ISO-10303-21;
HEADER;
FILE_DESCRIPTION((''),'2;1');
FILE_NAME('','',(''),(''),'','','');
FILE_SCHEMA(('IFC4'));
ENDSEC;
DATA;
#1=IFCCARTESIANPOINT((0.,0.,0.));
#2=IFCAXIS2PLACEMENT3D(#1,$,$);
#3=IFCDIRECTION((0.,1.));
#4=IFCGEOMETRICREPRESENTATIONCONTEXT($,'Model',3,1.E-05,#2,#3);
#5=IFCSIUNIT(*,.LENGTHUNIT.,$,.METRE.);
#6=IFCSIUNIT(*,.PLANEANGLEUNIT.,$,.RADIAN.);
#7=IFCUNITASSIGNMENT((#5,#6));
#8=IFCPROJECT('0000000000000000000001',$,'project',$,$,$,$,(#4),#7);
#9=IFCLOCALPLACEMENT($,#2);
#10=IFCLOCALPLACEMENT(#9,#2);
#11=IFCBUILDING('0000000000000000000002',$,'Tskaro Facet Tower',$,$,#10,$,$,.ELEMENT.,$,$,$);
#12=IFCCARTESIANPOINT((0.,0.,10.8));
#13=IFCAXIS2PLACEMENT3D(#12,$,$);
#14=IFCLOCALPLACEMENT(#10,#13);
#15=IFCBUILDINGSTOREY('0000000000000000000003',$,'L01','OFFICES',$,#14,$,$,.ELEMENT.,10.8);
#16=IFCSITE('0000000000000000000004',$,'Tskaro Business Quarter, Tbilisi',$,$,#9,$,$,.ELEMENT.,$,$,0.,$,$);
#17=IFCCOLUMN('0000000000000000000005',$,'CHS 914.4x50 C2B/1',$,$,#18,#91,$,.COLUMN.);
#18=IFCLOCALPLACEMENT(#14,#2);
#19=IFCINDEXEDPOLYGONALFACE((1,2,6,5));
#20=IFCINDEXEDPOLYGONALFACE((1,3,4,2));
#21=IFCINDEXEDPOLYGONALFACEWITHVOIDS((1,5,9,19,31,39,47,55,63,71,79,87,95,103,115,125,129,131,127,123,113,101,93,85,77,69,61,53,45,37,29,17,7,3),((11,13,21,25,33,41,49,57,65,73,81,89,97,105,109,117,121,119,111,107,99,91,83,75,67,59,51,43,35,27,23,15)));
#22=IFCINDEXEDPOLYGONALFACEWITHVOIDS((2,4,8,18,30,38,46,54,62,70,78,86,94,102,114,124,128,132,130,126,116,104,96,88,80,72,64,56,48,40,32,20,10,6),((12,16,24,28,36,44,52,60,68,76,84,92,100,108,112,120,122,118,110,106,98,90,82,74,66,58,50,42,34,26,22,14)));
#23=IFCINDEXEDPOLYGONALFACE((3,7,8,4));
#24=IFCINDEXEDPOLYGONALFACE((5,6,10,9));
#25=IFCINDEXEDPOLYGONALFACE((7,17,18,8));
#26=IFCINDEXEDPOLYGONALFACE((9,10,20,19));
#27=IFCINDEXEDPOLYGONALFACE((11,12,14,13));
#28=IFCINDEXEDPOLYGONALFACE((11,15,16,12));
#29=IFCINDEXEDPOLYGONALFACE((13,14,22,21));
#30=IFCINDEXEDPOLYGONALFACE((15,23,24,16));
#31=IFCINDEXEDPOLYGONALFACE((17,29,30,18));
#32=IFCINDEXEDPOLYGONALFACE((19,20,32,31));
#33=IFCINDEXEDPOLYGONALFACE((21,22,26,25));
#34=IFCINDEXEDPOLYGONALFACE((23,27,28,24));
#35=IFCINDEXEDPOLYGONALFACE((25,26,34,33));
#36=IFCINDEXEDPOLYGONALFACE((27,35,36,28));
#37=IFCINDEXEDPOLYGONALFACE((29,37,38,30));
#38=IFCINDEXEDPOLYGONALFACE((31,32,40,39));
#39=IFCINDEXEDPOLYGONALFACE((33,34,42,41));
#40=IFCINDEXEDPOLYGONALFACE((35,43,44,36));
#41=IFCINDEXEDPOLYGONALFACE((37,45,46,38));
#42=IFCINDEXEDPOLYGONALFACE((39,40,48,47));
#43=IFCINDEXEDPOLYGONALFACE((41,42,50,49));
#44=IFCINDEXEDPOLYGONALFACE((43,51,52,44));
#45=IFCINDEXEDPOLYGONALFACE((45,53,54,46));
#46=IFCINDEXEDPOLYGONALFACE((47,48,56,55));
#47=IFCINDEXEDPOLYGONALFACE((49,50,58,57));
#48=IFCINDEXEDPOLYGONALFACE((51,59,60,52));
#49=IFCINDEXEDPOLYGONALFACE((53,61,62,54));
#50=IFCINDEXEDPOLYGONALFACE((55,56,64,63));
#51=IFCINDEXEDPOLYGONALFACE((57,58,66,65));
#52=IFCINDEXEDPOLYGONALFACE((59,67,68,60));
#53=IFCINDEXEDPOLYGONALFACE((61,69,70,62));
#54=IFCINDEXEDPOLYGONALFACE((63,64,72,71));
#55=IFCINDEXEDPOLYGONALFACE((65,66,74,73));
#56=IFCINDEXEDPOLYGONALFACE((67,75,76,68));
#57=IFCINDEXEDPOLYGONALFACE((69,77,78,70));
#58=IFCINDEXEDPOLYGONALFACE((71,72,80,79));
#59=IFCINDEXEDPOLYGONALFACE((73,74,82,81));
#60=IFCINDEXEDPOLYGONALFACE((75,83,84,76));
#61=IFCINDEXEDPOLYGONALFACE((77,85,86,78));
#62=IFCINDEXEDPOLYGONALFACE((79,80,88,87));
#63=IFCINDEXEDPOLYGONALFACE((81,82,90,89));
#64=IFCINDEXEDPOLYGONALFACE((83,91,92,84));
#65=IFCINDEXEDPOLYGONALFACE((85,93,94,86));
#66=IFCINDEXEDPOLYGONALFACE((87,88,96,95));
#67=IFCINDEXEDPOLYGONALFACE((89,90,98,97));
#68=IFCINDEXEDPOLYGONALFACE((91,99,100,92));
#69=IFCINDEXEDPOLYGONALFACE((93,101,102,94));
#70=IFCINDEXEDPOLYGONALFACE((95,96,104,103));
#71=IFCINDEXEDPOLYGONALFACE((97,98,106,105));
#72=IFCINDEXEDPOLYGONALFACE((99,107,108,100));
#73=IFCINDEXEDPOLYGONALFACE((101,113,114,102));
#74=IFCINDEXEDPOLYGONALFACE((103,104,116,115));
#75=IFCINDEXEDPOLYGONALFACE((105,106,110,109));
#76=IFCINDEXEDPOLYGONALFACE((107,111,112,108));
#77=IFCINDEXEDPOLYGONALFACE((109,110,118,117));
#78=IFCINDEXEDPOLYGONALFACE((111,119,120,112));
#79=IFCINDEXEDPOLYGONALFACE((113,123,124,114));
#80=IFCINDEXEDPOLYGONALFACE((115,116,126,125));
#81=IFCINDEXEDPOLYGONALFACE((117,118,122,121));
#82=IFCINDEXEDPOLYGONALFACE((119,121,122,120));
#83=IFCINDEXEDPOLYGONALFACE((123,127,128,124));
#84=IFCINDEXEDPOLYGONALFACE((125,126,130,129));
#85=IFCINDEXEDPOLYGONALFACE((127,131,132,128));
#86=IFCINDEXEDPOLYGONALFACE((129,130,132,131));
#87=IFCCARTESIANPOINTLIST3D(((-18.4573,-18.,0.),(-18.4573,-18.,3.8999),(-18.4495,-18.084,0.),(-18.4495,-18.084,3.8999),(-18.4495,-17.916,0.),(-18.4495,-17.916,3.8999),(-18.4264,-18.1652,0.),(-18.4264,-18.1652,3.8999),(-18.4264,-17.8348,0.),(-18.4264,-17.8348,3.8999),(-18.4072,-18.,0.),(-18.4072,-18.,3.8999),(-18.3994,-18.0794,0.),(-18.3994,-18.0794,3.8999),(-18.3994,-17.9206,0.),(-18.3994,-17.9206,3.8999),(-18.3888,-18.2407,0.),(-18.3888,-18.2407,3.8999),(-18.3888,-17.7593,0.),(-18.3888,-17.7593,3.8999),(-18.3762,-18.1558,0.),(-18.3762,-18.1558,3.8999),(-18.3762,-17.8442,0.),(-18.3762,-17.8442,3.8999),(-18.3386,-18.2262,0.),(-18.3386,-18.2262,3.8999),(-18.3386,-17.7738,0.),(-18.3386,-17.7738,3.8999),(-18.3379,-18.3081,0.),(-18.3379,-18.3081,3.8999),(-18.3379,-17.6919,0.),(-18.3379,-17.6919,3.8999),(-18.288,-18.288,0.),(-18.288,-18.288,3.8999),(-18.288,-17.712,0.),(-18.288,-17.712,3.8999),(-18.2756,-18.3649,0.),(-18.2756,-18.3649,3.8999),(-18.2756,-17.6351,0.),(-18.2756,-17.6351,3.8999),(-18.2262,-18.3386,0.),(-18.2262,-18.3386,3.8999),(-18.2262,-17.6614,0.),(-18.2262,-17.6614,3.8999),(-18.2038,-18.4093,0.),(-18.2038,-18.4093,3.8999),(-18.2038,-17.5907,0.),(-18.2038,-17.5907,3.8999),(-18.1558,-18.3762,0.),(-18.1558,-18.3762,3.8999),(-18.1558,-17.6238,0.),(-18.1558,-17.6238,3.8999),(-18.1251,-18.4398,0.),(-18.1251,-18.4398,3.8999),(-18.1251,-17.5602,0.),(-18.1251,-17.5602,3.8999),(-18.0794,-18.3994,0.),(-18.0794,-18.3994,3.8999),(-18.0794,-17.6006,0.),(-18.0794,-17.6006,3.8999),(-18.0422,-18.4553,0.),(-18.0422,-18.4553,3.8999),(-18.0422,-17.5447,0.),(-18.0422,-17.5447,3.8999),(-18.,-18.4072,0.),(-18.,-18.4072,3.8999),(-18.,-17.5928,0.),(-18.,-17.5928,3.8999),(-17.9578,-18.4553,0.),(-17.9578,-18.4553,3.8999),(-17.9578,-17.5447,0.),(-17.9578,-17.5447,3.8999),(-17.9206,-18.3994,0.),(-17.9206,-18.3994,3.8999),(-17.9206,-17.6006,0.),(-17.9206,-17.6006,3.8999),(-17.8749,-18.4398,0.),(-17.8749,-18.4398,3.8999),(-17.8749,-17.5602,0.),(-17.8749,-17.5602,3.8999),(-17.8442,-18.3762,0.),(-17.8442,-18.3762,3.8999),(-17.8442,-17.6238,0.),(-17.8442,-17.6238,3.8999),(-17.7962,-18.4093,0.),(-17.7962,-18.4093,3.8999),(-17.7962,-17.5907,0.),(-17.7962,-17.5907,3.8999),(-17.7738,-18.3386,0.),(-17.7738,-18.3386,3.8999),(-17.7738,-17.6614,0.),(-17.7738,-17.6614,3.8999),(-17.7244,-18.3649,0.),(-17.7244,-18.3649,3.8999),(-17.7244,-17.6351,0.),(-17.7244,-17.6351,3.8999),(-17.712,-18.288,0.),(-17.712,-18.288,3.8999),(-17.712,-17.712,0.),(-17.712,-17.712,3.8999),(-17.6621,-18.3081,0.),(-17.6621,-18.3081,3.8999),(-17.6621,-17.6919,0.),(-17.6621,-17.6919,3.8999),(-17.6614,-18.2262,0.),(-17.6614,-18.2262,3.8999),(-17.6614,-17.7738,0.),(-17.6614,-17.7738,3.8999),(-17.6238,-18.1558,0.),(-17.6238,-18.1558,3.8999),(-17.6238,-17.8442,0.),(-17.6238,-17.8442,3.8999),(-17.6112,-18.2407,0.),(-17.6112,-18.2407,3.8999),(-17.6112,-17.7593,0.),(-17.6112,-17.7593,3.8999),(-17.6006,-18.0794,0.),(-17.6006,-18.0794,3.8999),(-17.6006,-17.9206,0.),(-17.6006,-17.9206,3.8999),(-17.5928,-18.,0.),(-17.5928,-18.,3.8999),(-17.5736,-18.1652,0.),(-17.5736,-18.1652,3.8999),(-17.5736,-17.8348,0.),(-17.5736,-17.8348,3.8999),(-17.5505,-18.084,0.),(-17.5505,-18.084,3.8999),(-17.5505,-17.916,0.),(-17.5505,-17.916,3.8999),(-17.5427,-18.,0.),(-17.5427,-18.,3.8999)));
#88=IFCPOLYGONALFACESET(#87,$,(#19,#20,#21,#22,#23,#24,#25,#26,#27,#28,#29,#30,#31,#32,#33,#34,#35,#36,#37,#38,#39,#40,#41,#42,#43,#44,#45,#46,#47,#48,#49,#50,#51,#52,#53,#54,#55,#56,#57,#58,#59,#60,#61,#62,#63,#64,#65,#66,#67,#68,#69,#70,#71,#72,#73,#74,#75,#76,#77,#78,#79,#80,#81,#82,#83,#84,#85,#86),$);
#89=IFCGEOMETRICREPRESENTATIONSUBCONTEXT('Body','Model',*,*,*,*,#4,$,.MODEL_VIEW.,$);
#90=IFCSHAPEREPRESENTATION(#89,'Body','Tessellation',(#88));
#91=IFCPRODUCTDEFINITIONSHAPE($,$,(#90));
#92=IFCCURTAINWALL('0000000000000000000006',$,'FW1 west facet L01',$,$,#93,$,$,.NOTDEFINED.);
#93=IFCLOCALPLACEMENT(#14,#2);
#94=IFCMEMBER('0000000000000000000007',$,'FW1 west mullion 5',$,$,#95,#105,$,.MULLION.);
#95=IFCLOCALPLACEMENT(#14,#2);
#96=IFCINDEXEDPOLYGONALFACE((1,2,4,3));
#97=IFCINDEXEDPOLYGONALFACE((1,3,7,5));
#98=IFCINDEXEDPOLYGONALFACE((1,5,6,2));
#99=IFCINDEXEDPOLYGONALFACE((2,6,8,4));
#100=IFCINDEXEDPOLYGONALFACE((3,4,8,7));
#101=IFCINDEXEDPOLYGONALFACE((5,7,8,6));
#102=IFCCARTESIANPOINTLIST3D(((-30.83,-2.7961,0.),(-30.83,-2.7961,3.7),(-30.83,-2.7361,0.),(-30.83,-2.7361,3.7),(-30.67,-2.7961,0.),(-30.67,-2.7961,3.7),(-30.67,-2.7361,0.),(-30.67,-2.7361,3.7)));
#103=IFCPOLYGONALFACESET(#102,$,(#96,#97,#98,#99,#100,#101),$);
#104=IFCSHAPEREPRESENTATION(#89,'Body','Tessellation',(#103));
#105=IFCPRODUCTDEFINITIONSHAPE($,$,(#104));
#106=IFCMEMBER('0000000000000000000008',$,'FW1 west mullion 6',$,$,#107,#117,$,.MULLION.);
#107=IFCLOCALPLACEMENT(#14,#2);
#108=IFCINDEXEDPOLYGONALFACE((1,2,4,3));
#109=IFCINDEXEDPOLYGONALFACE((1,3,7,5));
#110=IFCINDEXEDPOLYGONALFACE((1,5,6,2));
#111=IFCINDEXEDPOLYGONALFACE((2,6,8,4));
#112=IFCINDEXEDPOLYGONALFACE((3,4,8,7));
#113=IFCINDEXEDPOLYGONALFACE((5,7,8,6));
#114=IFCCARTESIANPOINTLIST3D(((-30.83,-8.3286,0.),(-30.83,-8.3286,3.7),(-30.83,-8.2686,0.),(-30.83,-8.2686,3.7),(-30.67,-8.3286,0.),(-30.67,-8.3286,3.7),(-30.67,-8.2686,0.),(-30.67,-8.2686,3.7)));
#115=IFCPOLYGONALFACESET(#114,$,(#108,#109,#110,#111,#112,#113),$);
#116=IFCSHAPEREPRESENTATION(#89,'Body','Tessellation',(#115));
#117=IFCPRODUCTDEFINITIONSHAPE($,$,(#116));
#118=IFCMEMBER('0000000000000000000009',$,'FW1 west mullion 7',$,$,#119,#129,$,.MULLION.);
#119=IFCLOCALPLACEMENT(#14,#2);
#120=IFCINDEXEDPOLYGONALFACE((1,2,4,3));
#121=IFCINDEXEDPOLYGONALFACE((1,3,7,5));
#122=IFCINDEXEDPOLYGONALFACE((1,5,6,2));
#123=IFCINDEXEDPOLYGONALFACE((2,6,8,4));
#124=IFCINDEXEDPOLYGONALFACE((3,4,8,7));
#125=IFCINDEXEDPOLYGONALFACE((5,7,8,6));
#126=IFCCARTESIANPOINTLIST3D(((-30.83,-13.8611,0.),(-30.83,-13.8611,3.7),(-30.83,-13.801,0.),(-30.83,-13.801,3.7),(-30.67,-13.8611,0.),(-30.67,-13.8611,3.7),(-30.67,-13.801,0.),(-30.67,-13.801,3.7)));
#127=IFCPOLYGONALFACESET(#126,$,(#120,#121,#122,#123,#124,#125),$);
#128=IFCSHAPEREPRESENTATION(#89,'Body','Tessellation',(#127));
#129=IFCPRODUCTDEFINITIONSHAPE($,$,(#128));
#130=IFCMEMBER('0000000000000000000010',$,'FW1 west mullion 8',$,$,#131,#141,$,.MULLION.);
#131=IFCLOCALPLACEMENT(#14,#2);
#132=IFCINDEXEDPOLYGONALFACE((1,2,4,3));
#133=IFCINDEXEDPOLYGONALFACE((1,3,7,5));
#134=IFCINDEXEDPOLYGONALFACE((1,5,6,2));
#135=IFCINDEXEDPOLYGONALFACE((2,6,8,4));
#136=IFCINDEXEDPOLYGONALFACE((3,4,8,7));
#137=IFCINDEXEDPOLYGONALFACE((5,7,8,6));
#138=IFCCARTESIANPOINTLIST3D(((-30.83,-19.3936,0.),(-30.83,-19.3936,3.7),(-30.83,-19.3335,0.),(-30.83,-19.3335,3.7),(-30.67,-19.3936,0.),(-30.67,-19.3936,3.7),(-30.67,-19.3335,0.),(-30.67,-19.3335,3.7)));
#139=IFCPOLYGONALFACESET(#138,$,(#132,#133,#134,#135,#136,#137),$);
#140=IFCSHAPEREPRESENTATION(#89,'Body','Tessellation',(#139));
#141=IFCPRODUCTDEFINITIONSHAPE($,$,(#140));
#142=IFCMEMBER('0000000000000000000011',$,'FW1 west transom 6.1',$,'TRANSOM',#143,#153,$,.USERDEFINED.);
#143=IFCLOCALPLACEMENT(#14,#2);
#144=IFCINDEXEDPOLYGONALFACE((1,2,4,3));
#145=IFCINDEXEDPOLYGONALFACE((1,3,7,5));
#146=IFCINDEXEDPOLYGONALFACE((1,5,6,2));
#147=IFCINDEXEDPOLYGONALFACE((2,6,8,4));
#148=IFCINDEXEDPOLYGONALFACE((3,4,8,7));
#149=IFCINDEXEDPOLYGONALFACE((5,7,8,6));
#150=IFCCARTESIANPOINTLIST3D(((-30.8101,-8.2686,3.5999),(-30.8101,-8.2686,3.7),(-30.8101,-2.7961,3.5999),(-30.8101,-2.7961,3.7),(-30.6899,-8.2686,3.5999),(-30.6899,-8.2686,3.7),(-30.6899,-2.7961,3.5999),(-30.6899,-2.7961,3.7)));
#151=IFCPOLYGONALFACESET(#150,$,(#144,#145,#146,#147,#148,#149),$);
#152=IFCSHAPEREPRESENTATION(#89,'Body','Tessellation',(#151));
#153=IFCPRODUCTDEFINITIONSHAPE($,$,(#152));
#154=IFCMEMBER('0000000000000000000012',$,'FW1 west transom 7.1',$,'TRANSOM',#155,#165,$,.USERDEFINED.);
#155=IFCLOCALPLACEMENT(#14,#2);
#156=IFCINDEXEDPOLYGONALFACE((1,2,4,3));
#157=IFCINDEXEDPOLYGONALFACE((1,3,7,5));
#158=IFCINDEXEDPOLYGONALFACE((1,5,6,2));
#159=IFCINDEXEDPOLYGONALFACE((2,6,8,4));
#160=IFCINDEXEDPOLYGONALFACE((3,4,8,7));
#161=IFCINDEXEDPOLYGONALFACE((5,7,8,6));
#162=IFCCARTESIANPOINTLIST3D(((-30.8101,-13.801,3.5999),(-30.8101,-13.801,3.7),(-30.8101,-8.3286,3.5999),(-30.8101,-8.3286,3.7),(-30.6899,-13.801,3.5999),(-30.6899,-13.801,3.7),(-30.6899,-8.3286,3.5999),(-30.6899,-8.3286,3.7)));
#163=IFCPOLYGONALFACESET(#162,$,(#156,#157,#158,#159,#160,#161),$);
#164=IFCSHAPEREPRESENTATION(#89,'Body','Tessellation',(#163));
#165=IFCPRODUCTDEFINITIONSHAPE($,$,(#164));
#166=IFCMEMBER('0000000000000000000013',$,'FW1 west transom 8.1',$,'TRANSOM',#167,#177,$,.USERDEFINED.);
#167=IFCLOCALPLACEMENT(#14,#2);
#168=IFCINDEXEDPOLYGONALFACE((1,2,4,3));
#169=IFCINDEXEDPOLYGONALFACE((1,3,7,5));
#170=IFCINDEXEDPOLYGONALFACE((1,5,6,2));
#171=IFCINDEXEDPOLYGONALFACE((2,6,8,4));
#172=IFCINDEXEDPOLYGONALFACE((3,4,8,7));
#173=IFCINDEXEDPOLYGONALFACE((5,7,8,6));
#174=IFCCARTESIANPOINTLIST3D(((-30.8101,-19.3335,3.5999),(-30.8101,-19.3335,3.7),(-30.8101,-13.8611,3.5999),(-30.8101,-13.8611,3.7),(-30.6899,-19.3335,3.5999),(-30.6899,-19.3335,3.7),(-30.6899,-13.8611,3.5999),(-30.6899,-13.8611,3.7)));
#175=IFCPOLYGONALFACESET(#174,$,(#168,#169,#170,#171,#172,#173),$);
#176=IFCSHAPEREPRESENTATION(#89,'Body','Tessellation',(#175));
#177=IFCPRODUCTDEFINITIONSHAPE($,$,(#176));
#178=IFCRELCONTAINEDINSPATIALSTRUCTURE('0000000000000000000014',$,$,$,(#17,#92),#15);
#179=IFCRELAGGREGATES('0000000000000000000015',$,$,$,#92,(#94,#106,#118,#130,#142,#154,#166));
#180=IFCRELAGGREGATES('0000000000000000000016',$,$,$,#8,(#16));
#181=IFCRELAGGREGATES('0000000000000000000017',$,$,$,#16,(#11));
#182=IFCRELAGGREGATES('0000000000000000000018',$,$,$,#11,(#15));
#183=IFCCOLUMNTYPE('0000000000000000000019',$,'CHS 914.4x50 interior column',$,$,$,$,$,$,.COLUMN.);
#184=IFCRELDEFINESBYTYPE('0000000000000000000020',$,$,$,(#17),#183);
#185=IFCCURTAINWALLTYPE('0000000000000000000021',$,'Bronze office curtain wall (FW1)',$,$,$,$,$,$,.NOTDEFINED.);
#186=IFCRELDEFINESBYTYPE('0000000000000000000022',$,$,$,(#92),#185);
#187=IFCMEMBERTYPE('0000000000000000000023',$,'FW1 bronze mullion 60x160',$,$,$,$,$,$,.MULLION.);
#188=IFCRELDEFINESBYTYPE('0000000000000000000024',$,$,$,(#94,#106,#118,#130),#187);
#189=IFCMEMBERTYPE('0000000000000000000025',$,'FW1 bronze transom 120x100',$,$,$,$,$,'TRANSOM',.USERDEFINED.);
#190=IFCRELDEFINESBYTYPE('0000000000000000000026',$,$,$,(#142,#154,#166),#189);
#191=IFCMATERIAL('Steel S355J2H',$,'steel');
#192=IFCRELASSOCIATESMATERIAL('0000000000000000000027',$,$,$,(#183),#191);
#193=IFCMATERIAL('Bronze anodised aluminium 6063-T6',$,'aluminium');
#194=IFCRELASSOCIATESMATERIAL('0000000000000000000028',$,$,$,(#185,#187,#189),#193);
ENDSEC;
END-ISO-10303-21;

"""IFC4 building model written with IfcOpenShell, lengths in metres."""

from ifc_helpers import new_model, si_unit, direction, frame, origin, origin_2d, place, context, subcontext, project, spatial, rectangle, hollow_circle, extrude, material, material_profile, profile_set, type_object, element, aggregate, save


model = new_model("IFC4")

# Units and contexts
model_context = context("Model", 3, precision=1e-05, world=origin(), true_north=direction((0.0, 1.0)))
body_context = subcontext(model_context, "Body", "Model", "MODEL_VIEW")
ifc_project = project(units=[si_unit("LENGTHUNIT", "METRE"), si_unit("PLANEANGLEUNIT", "RADIAN")], contexts=[model_context])

# Site, building, storey
site_placement = place(None, origin())
site = spatial("IfcSite", under=ifc_project, at=site_placement, Name="Tskaro Business Quarter, Tbilisi", CompositionType="ELEMENT", RefElevation=0.0)
building_placement = place(site_placement, origin())
building = spatial("IfcBuilding", under=site, at=building_placement, Name="Tskaro Facet Tower", CompositionType="ELEMENT")
storey_placement = place(building_placement, frame((0.0, 0.0, 10.8)))
storey = spatial("IfcBuildingStorey", under=building, at=storey_placement, Name="L01", Description="OFFICES", CompositionType="ELEMENT", Elevation=10.8)

# Column
ifc_material_1 = material(Name="Steel S355J2H", Category="steel")
ifc_material_profile_1 = material_profile(ifc_material_1, hollow_circle(Radius=0.4573, WallThickness=0.05, at=origin_2d()), Name="CHS 914.4x50")
ifc_profile_set_1 = profile_set([ifc_material_profile_1], Name="Steel S355J2H")
column_type_1 = type_object("IfcColumnType", Name="CHS 914.4x50 interior column", PredefinedType="COLUMN", material=ifc_profile_set_1)
column_placement = place(storey_placement, frame((-18.0, -18.0, 0.0), z_axis=(0.0, 0.0, 1.0), x_axis=(1.0, 0.0, 0.0)))
element("IfcColumn", 1, at=column_placement, inside=storey, type_object=column_type_1, Name="CHS 914.4x50 C2B/1", PredefinedType="COLUMN", context=body_context, shape_type="SweptSolid", body=[
    extrude(hollow_circle(Radius=0.4573, WallThickness=0.05, at=origin_2d()), origin(), (0.0, 0.0, 1.0), 3.8999),
])

# Curtain wall, members
ifc_material_2 = material(Name="Bronze anodised aluminium 6063-T6", Category="aluminium")
curtain_wall_type = type_object("IfcCurtainWallType", Name="Bronze office curtain wall (FW1)", PredefinedType="NOTDEFINED", material=ifc_material_2)
curtain_wall_placement = place(storey_placement, origin())
curtain_wall = element("IfcCurtainWall", 2, at=curtain_wall_placement, inside=storey, type_object=curtain_wall_type, Name="FW1 west facet L01", PredefinedType="NOTDEFINED")
ifc_material_profile_2 = material_profile(ifc_material_2, rectangle(XDim=0.0601, YDim=0.1599, at=origin_2d()), Name="Mullion 60x160")
ifc_profile_set_2 = profile_set([ifc_material_profile_2], Name="Bronze anodised aluminium 6063-T6")
member_type_1 = type_object("IfcMemberType", Name="FW1 bronze mullion 60x160", PredefinedType="MULLION", material=ifc_profile_set_2)
member_1_placement = place(storey_placement, frame((-30.75, -2.7661, 0.0), z_axis=(0.0, 0.0, 1.0), x_axis=(0.0, -1.0, 0.0)))
member_1 = element("IfcMember", 3, at=member_1_placement, type_object=member_type_1, Name="FW1 west mullion 5", PredefinedType="MULLION", context=body_context, shape_type="SweptSolid", body=[
    extrude(rectangle(XDim=0.0601, YDim=0.1599, at=origin_2d()), origin(), (0.0, 0.0, 1.0), 3.7),
])
member_2_placement = place(storey_placement, frame((-30.75, -8.2986, 0.0), z_axis=(0.0, 0.0, 1.0), x_axis=(0.0, -1.0, 0.0)))
member_2 = element("IfcMember", 4, at=member_2_placement, type_object=member_type_1, Name="FW1 west mullion 6", PredefinedType="MULLION", context=body_context, shape_type="SweptSolid", body=[
    extrude(rectangle(XDim=0.0601, YDim=0.1599, at=origin_2d()), origin(), (0.0, 0.0, 1.0), 3.7),
])
member_3_placement = place(storey_placement, frame((-30.75, -13.8311, 0.0), z_axis=(0.0, 0.0, 1.0), x_axis=(0.0, -1.0, 0.0)))
member_3 = element("IfcMember", 5, at=member_3_placement, type_object=member_type_1, Name="FW1 west mullion 7", PredefinedType="MULLION", context=body_context, shape_type="SweptSolid", body=[
    extrude(rectangle(XDim=0.0601, YDim=0.1599, at=origin_2d()), origin(), (0.0, 0.0, 1.0), 3.7),
])
member_4_placement = place(storey_placement, frame((-30.75, -19.3635, 0.0), z_axis=(0.0, 0.0, 1.0), x_axis=(0.0, -1.0, 0.0)))
member_4 = element("IfcMember", 6, at=member_4_placement, type_object=member_type_1, Name="FW1 west mullion 8", PredefinedType="MULLION", context=body_context, shape_type="SweptSolid", body=[
    extrude(rectangle(XDim=0.0601, YDim=0.1599, at=origin_2d()), origin(), (0.0, 0.0, 1.0), 3.7),
])
ifc_material_profile_3 = material_profile(ifc_material_2, rectangle(XDim=0.1201, YDim=0.1001, at=origin_2d()), Name="Transom 120x100")
ifc_profile_set_3 = profile_set([ifc_material_profile_3], Name="Bronze anodised aluminium 6063-T6")
member_type_2 = type_object("IfcMemberType", Name="FW1 bronze transom 120x100", ElementType="TRANSOM", PredefinedType="USERDEFINED", material=ifc_profile_set_3)
member_5_placement = place(storey_placement, frame((-30.75, -2.7961, 3.6499), z_axis=(0.0, -1.0, 0.0), x_axis=(1.0, 0.0, 0.0)))
member_5 = element("IfcMember", 7, at=member_5_placement, type_object=member_type_2, Name="FW1 west transom 6.1", ObjectType="TRANSOM", PredefinedType="USERDEFINED", context=body_context, shape_type="SweptSolid", body=[
    extrude(rectangle(XDim=0.1201, YDim=0.1001, at=origin_2d()), origin(), (0.0, 0.0, 1.0), 5.4724),
])
member_6_placement = place(storey_placement, frame((-30.75, -8.3286, 3.6499), z_axis=(0.0, -1.0, 0.0), x_axis=(1.0, 0.0, 0.0)))
member_6 = element("IfcMember", 8, at=member_6_placement, type_object=member_type_2, Name="FW1 west transom 7.1", ObjectType="TRANSOM", PredefinedType="USERDEFINED", context=body_context, shape_type="SweptSolid", body=[
    extrude(rectangle(XDim=0.1201, YDim=0.1001, at=origin_2d()), origin(), (0.0, 0.0, 1.0), 5.4724),
])
member_7_placement = place(storey_placement, frame((-30.75, -13.8611, 3.6499), z_axis=(0.0, -1.0, 0.0), x_axis=(1.0, 0.0, 0.0)))
member_7 = element("IfcMember", 9, at=member_7_placement, type_object=member_type_2, Name="FW1 west transom 8.1", ObjectType="TRANSOM", PredefinedType="USERDEFINED", context=body_context, shape_type="SweptSolid", body=[
    extrude(rectangle(XDim=0.1201, YDim=0.1001, at=origin_2d()), origin(), (0.0, 0.0, 1.0), 5.4724),
])

aggregate(curtain_wall, [member_1, member_2, member_3, member_4, member_5, member_6, member_7])

save(model, "model.ifc")
